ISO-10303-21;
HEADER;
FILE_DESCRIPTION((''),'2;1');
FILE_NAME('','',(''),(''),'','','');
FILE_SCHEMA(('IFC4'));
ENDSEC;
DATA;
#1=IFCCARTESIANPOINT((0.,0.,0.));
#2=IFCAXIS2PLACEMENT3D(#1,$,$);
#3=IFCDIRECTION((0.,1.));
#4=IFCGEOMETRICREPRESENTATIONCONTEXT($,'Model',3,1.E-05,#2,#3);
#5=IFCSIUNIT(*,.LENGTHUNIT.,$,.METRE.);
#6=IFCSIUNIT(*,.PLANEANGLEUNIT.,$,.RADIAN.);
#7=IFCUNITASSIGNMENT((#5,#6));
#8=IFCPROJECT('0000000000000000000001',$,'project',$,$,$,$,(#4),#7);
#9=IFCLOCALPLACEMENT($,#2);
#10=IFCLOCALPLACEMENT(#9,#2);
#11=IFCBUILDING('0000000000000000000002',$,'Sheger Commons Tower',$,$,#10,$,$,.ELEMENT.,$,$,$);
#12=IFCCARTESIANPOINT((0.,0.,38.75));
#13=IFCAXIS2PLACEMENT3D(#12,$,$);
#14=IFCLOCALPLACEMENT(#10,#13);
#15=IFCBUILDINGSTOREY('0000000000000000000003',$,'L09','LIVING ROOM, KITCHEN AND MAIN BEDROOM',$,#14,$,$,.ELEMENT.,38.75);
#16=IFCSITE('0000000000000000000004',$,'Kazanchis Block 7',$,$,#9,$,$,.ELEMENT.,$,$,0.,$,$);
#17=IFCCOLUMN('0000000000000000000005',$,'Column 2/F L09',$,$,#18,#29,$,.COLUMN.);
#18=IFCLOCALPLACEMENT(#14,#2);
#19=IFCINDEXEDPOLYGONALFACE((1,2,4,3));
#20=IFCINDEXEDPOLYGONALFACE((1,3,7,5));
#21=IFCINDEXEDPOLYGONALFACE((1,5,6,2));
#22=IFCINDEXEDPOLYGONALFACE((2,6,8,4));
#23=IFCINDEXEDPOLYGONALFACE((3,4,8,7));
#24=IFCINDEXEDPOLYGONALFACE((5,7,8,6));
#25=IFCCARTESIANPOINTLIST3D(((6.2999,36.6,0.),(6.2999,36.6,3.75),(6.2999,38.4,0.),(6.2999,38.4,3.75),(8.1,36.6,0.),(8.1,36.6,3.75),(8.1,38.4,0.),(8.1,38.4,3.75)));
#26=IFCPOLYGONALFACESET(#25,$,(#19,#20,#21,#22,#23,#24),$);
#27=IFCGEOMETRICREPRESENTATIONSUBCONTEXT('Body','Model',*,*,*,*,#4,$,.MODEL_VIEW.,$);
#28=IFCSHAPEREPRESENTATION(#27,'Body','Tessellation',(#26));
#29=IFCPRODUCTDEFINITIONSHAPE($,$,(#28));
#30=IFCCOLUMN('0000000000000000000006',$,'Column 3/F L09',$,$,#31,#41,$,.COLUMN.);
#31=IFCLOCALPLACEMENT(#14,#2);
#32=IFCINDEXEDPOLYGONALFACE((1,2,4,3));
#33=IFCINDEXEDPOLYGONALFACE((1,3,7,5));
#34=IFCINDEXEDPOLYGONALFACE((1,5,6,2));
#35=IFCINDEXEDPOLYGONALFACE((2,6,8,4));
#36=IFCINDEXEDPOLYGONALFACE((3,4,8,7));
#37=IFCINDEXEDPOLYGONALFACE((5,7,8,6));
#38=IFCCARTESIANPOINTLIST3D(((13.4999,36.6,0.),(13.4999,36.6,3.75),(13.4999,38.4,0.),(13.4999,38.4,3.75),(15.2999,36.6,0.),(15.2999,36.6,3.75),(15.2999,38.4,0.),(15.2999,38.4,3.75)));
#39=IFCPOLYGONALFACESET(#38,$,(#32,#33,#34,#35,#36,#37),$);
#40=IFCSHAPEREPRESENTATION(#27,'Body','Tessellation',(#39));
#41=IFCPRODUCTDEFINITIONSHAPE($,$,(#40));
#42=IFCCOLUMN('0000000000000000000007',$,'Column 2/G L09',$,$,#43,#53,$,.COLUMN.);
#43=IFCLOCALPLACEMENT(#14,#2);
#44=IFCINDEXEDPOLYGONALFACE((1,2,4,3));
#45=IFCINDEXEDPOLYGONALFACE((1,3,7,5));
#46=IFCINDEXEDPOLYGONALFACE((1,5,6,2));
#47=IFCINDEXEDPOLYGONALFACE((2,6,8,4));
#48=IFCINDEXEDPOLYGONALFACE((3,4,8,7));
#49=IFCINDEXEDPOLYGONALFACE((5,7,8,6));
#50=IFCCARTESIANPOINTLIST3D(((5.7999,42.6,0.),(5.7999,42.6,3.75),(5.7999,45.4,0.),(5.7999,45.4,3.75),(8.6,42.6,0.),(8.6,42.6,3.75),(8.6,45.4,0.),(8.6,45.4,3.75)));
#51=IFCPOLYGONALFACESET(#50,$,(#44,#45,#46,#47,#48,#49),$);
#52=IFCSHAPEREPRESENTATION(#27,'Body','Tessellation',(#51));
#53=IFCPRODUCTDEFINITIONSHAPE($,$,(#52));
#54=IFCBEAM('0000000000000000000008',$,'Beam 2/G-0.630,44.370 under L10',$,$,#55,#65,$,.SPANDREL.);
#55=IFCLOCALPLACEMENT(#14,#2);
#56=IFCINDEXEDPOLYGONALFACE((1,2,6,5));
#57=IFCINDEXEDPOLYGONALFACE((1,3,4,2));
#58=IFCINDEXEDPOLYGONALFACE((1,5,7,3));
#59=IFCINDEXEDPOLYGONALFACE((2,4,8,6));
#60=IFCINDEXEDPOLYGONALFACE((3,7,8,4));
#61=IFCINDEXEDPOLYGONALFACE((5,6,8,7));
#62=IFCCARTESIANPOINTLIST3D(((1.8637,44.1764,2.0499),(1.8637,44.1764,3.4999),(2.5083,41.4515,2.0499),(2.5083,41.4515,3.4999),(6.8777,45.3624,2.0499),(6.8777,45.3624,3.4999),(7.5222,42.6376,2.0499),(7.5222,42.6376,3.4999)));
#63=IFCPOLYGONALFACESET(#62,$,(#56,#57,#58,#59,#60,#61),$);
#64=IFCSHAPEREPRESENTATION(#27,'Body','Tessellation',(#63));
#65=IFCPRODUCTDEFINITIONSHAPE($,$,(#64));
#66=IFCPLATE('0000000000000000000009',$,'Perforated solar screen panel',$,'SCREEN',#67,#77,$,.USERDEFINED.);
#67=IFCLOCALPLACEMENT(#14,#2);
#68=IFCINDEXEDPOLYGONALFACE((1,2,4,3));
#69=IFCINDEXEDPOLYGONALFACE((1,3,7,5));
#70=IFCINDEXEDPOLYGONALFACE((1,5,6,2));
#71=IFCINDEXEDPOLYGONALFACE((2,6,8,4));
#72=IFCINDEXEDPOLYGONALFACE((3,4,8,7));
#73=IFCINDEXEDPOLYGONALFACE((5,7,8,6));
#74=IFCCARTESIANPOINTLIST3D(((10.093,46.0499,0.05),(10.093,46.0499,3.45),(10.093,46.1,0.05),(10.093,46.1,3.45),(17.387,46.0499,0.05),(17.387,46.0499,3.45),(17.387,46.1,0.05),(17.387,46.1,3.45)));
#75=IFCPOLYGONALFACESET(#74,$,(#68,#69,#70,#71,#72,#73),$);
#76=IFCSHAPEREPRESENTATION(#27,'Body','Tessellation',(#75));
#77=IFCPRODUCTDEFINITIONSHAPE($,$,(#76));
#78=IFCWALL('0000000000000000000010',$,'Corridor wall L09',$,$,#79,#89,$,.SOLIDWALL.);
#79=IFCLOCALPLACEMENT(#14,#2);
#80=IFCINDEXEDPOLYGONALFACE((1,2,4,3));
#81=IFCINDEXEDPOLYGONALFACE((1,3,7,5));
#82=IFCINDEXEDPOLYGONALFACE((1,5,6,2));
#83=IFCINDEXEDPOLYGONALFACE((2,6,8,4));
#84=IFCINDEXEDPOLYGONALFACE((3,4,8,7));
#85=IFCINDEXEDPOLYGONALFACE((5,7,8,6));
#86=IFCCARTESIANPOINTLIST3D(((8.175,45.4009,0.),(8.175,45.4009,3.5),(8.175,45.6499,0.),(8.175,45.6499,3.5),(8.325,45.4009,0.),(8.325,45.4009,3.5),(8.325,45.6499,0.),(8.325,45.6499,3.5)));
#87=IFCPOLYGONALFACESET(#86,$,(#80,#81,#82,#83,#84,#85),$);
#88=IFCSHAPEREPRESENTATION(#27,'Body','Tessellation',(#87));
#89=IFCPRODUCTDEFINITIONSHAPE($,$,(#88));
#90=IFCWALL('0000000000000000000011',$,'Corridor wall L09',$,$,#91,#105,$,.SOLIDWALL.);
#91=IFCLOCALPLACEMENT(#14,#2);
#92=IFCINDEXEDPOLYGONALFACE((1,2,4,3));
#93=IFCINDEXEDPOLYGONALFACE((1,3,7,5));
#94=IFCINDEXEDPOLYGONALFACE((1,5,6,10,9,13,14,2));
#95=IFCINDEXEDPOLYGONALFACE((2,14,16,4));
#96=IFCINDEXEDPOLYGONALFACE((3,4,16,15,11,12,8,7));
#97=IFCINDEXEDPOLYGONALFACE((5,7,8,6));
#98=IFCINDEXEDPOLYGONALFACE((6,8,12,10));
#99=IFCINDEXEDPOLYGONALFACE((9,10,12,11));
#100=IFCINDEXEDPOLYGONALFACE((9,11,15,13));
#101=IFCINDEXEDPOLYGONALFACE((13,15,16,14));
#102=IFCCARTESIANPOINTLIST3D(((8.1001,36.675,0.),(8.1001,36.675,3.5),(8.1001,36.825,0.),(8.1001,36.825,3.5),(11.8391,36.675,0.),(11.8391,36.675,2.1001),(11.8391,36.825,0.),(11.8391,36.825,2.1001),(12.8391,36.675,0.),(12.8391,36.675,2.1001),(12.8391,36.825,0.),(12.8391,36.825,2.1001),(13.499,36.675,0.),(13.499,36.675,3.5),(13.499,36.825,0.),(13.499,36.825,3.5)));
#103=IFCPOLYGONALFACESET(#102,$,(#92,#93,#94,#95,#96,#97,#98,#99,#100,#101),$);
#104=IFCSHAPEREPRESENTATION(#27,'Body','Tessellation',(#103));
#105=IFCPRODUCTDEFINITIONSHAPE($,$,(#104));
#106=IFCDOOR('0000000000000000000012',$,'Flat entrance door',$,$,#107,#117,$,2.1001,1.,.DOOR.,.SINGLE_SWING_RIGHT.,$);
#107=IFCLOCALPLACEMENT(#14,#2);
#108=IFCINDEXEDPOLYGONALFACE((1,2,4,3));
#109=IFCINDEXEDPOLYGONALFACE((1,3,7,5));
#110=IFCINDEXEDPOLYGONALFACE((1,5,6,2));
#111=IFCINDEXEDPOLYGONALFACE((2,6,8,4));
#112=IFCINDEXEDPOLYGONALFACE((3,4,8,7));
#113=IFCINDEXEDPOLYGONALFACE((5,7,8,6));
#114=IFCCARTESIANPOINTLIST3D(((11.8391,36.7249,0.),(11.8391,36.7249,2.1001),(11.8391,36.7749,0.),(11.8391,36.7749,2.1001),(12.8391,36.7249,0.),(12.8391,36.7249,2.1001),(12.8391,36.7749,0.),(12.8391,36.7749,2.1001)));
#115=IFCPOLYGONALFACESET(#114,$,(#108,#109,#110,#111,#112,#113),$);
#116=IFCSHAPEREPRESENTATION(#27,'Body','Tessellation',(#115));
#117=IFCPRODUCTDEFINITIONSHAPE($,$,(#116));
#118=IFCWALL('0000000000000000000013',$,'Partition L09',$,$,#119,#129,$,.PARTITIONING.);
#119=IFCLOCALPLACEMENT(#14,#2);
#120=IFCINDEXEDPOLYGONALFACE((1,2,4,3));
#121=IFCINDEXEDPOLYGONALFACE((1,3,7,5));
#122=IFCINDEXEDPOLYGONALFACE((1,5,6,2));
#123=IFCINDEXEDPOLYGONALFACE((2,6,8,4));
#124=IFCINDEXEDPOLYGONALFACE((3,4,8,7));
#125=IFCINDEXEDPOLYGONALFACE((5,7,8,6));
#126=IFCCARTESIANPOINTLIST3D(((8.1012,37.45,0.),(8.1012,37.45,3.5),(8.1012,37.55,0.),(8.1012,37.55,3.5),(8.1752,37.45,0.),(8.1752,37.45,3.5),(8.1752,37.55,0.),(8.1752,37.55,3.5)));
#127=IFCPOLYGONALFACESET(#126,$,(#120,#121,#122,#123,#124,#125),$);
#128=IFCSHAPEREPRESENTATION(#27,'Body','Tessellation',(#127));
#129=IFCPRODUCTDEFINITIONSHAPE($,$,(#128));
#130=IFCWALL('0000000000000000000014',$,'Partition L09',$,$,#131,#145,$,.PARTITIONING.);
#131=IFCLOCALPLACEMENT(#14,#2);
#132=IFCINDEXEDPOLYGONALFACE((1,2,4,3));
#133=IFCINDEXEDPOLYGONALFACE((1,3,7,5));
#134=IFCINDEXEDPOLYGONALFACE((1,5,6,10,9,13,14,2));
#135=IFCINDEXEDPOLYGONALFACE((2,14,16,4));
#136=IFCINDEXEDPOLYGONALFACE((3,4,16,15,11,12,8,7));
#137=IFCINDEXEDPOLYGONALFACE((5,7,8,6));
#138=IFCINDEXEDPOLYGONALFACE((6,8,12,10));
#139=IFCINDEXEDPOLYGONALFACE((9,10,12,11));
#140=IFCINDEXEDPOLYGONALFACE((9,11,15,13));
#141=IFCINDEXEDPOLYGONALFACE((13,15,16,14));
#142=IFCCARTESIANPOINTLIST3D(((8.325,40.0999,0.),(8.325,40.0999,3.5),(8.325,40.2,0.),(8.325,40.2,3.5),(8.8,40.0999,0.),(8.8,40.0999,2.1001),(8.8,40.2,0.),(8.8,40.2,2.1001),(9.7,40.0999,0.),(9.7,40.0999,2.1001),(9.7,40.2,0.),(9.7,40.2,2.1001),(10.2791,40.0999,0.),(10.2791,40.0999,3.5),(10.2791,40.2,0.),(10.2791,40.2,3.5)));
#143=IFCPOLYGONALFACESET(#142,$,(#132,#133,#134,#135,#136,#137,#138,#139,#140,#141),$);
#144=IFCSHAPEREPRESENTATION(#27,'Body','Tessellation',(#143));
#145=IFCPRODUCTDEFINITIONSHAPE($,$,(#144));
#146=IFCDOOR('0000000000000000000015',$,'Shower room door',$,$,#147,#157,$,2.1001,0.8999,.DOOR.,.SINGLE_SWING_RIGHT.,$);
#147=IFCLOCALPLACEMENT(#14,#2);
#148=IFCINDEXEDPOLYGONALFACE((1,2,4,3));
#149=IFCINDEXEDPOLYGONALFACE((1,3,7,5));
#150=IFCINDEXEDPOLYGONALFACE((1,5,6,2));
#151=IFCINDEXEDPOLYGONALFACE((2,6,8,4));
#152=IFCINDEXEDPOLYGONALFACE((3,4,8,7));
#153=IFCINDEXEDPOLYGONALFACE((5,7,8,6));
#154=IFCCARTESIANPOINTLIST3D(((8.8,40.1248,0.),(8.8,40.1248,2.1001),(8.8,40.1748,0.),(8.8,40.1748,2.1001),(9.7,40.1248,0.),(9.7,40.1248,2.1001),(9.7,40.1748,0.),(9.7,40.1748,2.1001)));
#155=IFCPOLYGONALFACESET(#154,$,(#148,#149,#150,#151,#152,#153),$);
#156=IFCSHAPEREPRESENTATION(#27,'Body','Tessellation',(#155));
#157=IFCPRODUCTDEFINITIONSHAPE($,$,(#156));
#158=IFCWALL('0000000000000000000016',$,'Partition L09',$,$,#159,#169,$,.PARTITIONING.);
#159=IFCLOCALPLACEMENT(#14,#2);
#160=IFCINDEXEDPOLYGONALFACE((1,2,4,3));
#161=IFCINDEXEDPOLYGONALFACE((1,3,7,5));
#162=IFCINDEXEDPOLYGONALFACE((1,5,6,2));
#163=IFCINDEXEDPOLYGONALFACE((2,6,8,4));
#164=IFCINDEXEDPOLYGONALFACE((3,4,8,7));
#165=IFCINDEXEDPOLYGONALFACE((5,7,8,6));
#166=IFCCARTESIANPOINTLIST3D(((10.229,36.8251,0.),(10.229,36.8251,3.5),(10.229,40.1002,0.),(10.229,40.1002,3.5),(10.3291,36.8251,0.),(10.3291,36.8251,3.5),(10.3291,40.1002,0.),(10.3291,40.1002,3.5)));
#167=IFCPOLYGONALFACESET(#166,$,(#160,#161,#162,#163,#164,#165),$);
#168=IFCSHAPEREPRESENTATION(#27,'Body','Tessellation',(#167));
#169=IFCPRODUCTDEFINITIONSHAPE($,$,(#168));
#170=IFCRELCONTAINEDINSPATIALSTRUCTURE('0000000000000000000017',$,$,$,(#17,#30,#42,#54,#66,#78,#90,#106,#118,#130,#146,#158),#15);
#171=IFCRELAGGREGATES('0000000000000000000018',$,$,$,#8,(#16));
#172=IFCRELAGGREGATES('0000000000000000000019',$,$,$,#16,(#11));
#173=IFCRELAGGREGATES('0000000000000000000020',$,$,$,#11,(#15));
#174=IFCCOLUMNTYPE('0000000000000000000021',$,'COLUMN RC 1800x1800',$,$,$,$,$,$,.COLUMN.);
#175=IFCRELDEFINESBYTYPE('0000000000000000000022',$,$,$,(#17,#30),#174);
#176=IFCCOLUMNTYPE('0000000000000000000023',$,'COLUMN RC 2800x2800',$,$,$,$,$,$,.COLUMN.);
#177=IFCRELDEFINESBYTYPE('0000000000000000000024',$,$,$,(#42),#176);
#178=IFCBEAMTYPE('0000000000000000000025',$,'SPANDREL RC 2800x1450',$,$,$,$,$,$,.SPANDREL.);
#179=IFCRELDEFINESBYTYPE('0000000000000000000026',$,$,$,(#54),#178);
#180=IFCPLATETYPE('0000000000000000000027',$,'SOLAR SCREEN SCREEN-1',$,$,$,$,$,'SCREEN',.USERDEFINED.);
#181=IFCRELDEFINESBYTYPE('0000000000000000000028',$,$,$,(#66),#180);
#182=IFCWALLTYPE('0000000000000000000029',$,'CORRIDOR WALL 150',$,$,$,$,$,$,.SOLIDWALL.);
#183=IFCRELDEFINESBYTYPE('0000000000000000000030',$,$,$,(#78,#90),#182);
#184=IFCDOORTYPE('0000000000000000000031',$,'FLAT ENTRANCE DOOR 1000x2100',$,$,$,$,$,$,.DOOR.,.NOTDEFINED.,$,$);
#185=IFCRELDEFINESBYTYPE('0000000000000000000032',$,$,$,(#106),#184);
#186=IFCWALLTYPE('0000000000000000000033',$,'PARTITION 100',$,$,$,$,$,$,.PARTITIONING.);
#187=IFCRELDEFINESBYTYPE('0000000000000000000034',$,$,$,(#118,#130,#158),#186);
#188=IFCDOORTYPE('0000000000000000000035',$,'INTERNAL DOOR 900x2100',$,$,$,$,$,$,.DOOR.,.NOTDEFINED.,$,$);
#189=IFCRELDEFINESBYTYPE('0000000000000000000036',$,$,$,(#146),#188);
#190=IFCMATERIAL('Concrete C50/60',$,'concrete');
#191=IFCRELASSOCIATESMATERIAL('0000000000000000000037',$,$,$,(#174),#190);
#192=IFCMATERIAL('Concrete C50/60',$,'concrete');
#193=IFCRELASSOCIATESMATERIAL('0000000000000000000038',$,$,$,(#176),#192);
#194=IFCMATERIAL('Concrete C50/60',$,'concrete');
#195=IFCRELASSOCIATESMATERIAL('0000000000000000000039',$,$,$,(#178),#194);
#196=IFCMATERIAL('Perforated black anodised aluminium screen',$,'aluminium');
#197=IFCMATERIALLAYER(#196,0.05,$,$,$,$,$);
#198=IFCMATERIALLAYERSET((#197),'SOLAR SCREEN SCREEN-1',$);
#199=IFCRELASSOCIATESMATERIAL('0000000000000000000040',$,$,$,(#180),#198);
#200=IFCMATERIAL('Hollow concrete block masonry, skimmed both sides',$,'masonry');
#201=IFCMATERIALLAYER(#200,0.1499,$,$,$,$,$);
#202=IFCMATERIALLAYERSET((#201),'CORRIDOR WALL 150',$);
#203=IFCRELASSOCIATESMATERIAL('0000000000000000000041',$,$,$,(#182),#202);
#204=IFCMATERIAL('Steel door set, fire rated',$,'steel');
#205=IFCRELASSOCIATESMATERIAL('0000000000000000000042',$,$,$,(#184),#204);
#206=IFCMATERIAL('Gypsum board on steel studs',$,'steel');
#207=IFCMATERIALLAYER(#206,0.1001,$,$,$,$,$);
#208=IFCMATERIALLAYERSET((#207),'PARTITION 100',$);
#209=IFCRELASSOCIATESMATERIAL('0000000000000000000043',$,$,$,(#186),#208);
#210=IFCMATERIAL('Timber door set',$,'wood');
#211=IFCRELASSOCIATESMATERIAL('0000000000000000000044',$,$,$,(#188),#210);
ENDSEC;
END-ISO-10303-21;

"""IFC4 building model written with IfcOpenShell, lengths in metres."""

from ifc_helpers import new_model, si_unit, direction, frame, frame_2d, origin, origin_2d, place, context, subcontext, project, spatial, rectangle, extrude, material, layer, layer_set, material_profile, profile_set, type_object, element, fill, save


model = new_model("IFC4")

# Units and contexts
model_context = context("Model", 3, precision=1e-05, world=origin(), true_north=direction((0.0, 1.0)))
body_context = subcontext(model_context, "Body", "Model", "MODEL_VIEW")
ifc_project = project(units=[si_unit("LENGTHUNIT", "METRE"), si_unit("PLANEANGLEUNIT", "RADIAN")], contexts=[model_context])

# Site, building, storey
site_placement = place(None, origin())
site = spatial("IfcSite", under=ifc_project, at=site_placement, Name="Kazanchis Block 7", CompositionType="ELEMENT", RefElevation=0.0)
building_placement = place(site_placement, origin())
building = spatial("IfcBuilding", under=site, at=building_placement, Name="Sheger Commons Tower", CompositionType="ELEMENT")
storey_placement = place(building_placement, frame((0.0, 0.0, 38.75)))
storey = spatial("IfcBuildingStorey", under=building, at=storey_placement, Name="L09", Description="LIVING ROOM, KITCHEN AND MAIN BEDROOM", CompositionType="ELEMENT", Elevation=38.75)

# Columns
ifc_material_1 = material(Name="Concrete C50/60", Category="concrete")
ifc_material_profile_1 = material_profile(ifc_material_1, rectangle(XDim=1.8, YDim=1.8, at=origin_2d()), Name="RC 1800x1800")
ifc_profile_set_1 = profile_set([ifc_material_profile_1], Name="Concrete C50/60")
column_type_1 = type_object("IfcColumnType", Name="COLUMN RC 1800x1800", PredefinedType="COLUMN", material=ifc_profile_set_1)
for number, where, z_axis, x_axis, name in (
    (1, (7.2, 37.5, 0.0), (0.0, 0.0, 1.0), (1.0, 0.0, 0.0), "Column 2/F L09"),
    (2, (14.3999, 37.5, 0.0), (0.0, 0.0, 1.0), (1.0, 0.0, 0.0), "Column 3/F L09"),
):
    element("IfcColumn", number, at=place(storey_placement, frame(where, z_axis=z_axis, x_axis=x_axis)), inside=storey, type_object=column_type_1, Name=name, PredefinedType="COLUMN", context=body_context, shape_type="SweptSolid", body=[
        extrude(rectangle(XDim=1.8, YDim=1.8, at=origin_2d()), origin(), (0.0, 0.0, 1.0), 3.75),
    ])
ifc_material_2 = material(Name="Concrete C50/60", Category="concrete")
ifc_material_profile_2 = material_profile(ifc_material_2, rectangle(XDim=2.8, YDim=2.8, at=origin_2d()), Name="RC 2800x2800")
ifc_profile_set_2 = profile_set([ifc_material_profile_2], Name="Concrete C50/60")
column_type_2 = type_object("IfcColumnType", Name="COLUMN RC 2800x2800", PredefinedType="COLUMN", material=ifc_profile_set_2)
column_placement = place(storey_placement, frame((7.2, 44.0, 0.0), z_axis=(0.0, 0.0, 1.0), x_axis=(1.0, 0.0, 0.0)))
element("IfcColumn", 3, at=column_placement, inside=storey, type_object=column_type_2, Name="Column 2/G L09", PredefinedType="COLUMN", context=body_context, shape_type="SweptSolid", body=[
    extrude(rectangle(XDim=2.8, YDim=2.8, at=origin_2d()), origin(), (0.0, 0.0, 1.0), 3.75),
])

# Beam
ifc_material_3 = material(Name="Concrete C50/60", Category="concrete")
ifc_material_profile_3 = material_profile(ifc_material_3, rectangle(XDim=2.8, YDim=1.45, at=origin_2d()), Name="RC 2800x1450")
ifc_profile_set_3 = profile_set([ifc_material_profile_3], Name="Concrete C50/60")
beam_type = type_object("IfcBeamType", Name="SPANDREL RC 2800x1450", PredefinedType="SPANDREL", material=ifc_profile_set_3)
beam_placement = place(storey_placement, frame((7.2, 44.0, 2.7749), z_axis=(-0.973144, -0.230196, 0.0), x_axis=(0.230196, -0.973144, 0.0)))
element("IfcBeam", 4, at=beam_placement, inside=storey, type_object=beam_type, Name="Beam 2/G-0.630,44.370 under L10", PredefinedType="SPANDREL", context=body_context, shape_type="SweptSolid", body=[
    extrude(rectangle(XDim=2.8, YDim=1.45, at=origin_2d()), origin(), (0.0, 0.0, 1.0), 5.1523),
])

# Plate
ifc_material_4 = material(Name="Perforated black anodised aluminium screen", Category="aluminium")
ifc_layer_1 = layer(ifc_material_4, 0.05)
ifc_layer_set_1 = layer_set([ifc_layer_1], Name="SOLAR SCREEN SCREEN-1")
plate_type = type_object("IfcPlateType", Name="SOLAR SCREEN SCREEN-1", ElementType="SCREEN", PredefinedType="USERDEFINED", material=ifc_layer_set_1)
plate_placement = place(storey_placement, frame((13.74, 46.075, 0.05), z_axis=(0.0, 0.0, 1.0), x_axis=(-1.0, 0.0, 0.0)))
element("IfcPlate", 5, at=plate_placement, inside=storey, type_object=plate_type, Name="Perforated solar screen panel", ObjectType="SCREEN", PredefinedType="USERDEFINED", context=body_context, shape_type="SweptSolid", body=[
    extrude(rectangle(XDim=7.2939, YDim=0.05, at=origin_2d()), origin(), (0.0, 0.0, 1.0), 3.3999),
])

# Wall
ifc_material_5 = material(Name="Hollow concrete block masonry, skimmed both sides", Category="masonry")
ifc_layer_2 = layer(ifc_material_5, 0.1499)
ifc_layer_set_2 = layer_set([ifc_layer_2], Name="CORRIDOR WALL 150")
wall_type_1 = type_object("IfcWallType", Name="CORRIDOR WALL 150", PredefinedType="SOLIDWALL", material=ifc_layer_set_2)
wall_1_placement = place(storey_placement, frame((8.25, 45.4009, 0.0), z_axis=(0.0, 0.0, 1.0), x_axis=(0.0, 1.0, 0.0)))
element("IfcWall", 6, at=wall_1_placement, inside=storey, type_object=wall_type_1, Name="Corridor wall L09", PredefinedType="SOLIDWALL", context=body_context, shape_type="SweptSolid", body=[
    extrude(rectangle(XDim=0.249, YDim=0.1499, at=frame_2d((0.1245, 0.0))), origin(), (0.0, 0.0, 1.0), 3.5),
])

# Wall, opening, door
wall_2_placement = place(storey_placement, frame((8.1001, 36.75, 0.0), z_axis=(0.0, 0.0, 1.0), x_axis=(1.0, 0.0, 0.0)))
wall_2 = element("IfcWall", 7, at=wall_2_placement, inside=storey, type_object=wall_type_1, Name="Corridor wall L09", PredefinedType="SOLIDWALL", context=body_context, shape_type="SweptSolid", body=[
    extrude(rectangle(XDim=5.3989, YDim=0.1499, at=frame_2d((2.6995, 0.0))), origin(), (0.0, 0.0, 1.0), 3.5),
])
opening_1_placement = place(wall_2_placement, frame((3.739, 0.0, 0.0)))
opening_1 = element("IfcOpeningElement", 8, at=opening_1_placement, cuts=wall_2, PredefinedType="OPENING", context=body_context, shape_type="SweptSolid", body=[
    extrude(rectangle(XDim=1.0, YDim=2.1001, at=frame_2d((0.5, 1.05))), frame((0.0, 0.085, 0.0), z_axis=(0.0, -1.0, 0.0), x_axis=(1.0, 0.0, 0.0)), (0.0, 0.0, 1.0), 0.1699),
])
ifc_material_6 = material(Name="Steel door set, fire rated", Category="steel")
door_type_1 = type_object("IfcDoorType", Name="FLAT ENTRANCE DOOR 1000x2100", OperationType="NOTDEFINED", PredefinedType="DOOR", material=ifc_material_6)
door_1_placement = place(opening_1_placement, origin())
door_1 = element("IfcDoor", 9, at=door_1_placement, inside=storey, type_object=door_type_1, Name="Flat entrance door", OperationType="SINGLE_SWING_RIGHT", OverallHeight=2.1001, OverallWidth=1.0, PredefinedType="DOOR", context=body_context, shape_type="SweptSolid", body=[
    extrude(rectangle(XDim=1.0, YDim=2.1001, at=frame_2d((0.5, 1.05))), frame((0.0, 0.0249, 0.0), z_axis=(0.0, -1.0, 0.0), x_axis=(1.0, 0.0, 0.0)), (0.0, 0.0, 1.0), 0.05),
])
fill(opening_1, door_1)

# Wall
ifc_material_7 = material(Name="Gypsum board on steel studs", Category="steel")
ifc_layer_3 = layer(ifc_material_7, 0.1001)
ifc_layer_set_3 = layer_set([ifc_layer_3], Name="PARTITION 100")
wall_type_2 = type_object("IfcWallType", Name="PARTITION 100", PredefinedType="PARTITIONING", material=ifc_layer_set_3)
wall_3_placement = place(storey_placement, frame((8.1011, 37.5, 0.0), z_axis=(0.0, 0.0, 1.0), x_axis=(1.0, 0.0, 0.0)))
element("IfcWall", 10, at=wall_3_placement, inside=storey, type_object=wall_type_2, Name="Partition L09", PredefinedType="PARTITIONING", context=body_context, shape_type="SweptSolid", body=[
    extrude(rectangle(XDim=0.074, YDim=0.1001, at=frame_2d((0.0371, 0.0))), origin(), (0.0, 0.0, 1.0), 3.5),
])

# Wall, opening, door
wall_4_placement = place(storey_placement, frame((8.325, 40.1499, 0.0), z_axis=(0.0, 0.0, 1.0), x_axis=(1.0, 0.0, 0.0)))
wall_4 = element("IfcWall", 11, at=wall_4_placement, inside=storey, type_object=wall_type_2, Name="Partition L09", PredefinedType="PARTITIONING", context=body_context, shape_type="SweptSolid", body=[
    extrude(rectangle(XDim=1.9541, YDim=0.1001, at=frame_2d((0.9771, 0.0))), origin(), (0.0, 0.0, 1.0), 3.5),
])
opening_2_placement = place(wall_4_placement, frame((0.4751, 0.0, 0.0)))
opening_2 = element("IfcOpeningElement", 12, at=opening_2_placement, cuts=wall_4, PredefinedType="OPENING", context=body_context, shape_type="SweptSolid", body=[
    extrude(rectangle(XDim=0.8999, YDim=2.1001, at=frame_2d((0.45, 1.05))), frame((0.0, 0.0601, 0.0), z_axis=(0.0, -1.0, 0.0), x_axis=(1.0, 0.0, 0.0)), (0.0, 0.0, 1.0), 0.1201),
])
ifc_material_8 = material(Name="Timber door set", Category="wood")
door_type_2 = type_object("IfcDoorType", Name="INTERNAL DOOR 900x2100", OperationType="NOTDEFINED", PredefinedType="DOOR", material=ifc_material_8)
door_2_placement = place(opening_2_placement, origin())
door_2 = element("IfcDoor", 13, at=door_2_placement, inside=storey, type_object=door_type_2, Name="Shower room door", OperationType="SINGLE_SWING_RIGHT", OverallHeight=2.1001, OverallWidth=0.8999, PredefinedType="DOOR", context=body_context, shape_type="SweptSolid", body=[
    extrude(rectangle(XDim=0.8999, YDim=2.1001, at=frame_2d((0.45, 1.05))), frame((0.0, 0.0249, 0.0), z_axis=(0.0, -1.0, 0.0), x_axis=(1.0, 0.0, 0.0)), (0.0, 0.0, 1.0), 0.05),
])
fill(opening_2, door_2)

# Wall
wall_5_placement = place(storey_placement, frame((10.2791, 36.825, 0.0), z_axis=(0.0, 0.0, 1.0), x_axis=(0.0, 1.0, 0.0)))
element("IfcWall", 14, at=wall_5_placement, inside=storey, type_object=wall_type_2, Name="Partition L09", PredefinedType="PARTITIONING", context=body_context, shape_type="SweptSolid", body=[
    extrude(rectangle(XDim=3.2751, YDim=0.1001, at=frame_2d((1.6377, 0.0))), origin(), (0.0, 0.0, 1.0), 3.5),
])

save(model, "model.ifc")
